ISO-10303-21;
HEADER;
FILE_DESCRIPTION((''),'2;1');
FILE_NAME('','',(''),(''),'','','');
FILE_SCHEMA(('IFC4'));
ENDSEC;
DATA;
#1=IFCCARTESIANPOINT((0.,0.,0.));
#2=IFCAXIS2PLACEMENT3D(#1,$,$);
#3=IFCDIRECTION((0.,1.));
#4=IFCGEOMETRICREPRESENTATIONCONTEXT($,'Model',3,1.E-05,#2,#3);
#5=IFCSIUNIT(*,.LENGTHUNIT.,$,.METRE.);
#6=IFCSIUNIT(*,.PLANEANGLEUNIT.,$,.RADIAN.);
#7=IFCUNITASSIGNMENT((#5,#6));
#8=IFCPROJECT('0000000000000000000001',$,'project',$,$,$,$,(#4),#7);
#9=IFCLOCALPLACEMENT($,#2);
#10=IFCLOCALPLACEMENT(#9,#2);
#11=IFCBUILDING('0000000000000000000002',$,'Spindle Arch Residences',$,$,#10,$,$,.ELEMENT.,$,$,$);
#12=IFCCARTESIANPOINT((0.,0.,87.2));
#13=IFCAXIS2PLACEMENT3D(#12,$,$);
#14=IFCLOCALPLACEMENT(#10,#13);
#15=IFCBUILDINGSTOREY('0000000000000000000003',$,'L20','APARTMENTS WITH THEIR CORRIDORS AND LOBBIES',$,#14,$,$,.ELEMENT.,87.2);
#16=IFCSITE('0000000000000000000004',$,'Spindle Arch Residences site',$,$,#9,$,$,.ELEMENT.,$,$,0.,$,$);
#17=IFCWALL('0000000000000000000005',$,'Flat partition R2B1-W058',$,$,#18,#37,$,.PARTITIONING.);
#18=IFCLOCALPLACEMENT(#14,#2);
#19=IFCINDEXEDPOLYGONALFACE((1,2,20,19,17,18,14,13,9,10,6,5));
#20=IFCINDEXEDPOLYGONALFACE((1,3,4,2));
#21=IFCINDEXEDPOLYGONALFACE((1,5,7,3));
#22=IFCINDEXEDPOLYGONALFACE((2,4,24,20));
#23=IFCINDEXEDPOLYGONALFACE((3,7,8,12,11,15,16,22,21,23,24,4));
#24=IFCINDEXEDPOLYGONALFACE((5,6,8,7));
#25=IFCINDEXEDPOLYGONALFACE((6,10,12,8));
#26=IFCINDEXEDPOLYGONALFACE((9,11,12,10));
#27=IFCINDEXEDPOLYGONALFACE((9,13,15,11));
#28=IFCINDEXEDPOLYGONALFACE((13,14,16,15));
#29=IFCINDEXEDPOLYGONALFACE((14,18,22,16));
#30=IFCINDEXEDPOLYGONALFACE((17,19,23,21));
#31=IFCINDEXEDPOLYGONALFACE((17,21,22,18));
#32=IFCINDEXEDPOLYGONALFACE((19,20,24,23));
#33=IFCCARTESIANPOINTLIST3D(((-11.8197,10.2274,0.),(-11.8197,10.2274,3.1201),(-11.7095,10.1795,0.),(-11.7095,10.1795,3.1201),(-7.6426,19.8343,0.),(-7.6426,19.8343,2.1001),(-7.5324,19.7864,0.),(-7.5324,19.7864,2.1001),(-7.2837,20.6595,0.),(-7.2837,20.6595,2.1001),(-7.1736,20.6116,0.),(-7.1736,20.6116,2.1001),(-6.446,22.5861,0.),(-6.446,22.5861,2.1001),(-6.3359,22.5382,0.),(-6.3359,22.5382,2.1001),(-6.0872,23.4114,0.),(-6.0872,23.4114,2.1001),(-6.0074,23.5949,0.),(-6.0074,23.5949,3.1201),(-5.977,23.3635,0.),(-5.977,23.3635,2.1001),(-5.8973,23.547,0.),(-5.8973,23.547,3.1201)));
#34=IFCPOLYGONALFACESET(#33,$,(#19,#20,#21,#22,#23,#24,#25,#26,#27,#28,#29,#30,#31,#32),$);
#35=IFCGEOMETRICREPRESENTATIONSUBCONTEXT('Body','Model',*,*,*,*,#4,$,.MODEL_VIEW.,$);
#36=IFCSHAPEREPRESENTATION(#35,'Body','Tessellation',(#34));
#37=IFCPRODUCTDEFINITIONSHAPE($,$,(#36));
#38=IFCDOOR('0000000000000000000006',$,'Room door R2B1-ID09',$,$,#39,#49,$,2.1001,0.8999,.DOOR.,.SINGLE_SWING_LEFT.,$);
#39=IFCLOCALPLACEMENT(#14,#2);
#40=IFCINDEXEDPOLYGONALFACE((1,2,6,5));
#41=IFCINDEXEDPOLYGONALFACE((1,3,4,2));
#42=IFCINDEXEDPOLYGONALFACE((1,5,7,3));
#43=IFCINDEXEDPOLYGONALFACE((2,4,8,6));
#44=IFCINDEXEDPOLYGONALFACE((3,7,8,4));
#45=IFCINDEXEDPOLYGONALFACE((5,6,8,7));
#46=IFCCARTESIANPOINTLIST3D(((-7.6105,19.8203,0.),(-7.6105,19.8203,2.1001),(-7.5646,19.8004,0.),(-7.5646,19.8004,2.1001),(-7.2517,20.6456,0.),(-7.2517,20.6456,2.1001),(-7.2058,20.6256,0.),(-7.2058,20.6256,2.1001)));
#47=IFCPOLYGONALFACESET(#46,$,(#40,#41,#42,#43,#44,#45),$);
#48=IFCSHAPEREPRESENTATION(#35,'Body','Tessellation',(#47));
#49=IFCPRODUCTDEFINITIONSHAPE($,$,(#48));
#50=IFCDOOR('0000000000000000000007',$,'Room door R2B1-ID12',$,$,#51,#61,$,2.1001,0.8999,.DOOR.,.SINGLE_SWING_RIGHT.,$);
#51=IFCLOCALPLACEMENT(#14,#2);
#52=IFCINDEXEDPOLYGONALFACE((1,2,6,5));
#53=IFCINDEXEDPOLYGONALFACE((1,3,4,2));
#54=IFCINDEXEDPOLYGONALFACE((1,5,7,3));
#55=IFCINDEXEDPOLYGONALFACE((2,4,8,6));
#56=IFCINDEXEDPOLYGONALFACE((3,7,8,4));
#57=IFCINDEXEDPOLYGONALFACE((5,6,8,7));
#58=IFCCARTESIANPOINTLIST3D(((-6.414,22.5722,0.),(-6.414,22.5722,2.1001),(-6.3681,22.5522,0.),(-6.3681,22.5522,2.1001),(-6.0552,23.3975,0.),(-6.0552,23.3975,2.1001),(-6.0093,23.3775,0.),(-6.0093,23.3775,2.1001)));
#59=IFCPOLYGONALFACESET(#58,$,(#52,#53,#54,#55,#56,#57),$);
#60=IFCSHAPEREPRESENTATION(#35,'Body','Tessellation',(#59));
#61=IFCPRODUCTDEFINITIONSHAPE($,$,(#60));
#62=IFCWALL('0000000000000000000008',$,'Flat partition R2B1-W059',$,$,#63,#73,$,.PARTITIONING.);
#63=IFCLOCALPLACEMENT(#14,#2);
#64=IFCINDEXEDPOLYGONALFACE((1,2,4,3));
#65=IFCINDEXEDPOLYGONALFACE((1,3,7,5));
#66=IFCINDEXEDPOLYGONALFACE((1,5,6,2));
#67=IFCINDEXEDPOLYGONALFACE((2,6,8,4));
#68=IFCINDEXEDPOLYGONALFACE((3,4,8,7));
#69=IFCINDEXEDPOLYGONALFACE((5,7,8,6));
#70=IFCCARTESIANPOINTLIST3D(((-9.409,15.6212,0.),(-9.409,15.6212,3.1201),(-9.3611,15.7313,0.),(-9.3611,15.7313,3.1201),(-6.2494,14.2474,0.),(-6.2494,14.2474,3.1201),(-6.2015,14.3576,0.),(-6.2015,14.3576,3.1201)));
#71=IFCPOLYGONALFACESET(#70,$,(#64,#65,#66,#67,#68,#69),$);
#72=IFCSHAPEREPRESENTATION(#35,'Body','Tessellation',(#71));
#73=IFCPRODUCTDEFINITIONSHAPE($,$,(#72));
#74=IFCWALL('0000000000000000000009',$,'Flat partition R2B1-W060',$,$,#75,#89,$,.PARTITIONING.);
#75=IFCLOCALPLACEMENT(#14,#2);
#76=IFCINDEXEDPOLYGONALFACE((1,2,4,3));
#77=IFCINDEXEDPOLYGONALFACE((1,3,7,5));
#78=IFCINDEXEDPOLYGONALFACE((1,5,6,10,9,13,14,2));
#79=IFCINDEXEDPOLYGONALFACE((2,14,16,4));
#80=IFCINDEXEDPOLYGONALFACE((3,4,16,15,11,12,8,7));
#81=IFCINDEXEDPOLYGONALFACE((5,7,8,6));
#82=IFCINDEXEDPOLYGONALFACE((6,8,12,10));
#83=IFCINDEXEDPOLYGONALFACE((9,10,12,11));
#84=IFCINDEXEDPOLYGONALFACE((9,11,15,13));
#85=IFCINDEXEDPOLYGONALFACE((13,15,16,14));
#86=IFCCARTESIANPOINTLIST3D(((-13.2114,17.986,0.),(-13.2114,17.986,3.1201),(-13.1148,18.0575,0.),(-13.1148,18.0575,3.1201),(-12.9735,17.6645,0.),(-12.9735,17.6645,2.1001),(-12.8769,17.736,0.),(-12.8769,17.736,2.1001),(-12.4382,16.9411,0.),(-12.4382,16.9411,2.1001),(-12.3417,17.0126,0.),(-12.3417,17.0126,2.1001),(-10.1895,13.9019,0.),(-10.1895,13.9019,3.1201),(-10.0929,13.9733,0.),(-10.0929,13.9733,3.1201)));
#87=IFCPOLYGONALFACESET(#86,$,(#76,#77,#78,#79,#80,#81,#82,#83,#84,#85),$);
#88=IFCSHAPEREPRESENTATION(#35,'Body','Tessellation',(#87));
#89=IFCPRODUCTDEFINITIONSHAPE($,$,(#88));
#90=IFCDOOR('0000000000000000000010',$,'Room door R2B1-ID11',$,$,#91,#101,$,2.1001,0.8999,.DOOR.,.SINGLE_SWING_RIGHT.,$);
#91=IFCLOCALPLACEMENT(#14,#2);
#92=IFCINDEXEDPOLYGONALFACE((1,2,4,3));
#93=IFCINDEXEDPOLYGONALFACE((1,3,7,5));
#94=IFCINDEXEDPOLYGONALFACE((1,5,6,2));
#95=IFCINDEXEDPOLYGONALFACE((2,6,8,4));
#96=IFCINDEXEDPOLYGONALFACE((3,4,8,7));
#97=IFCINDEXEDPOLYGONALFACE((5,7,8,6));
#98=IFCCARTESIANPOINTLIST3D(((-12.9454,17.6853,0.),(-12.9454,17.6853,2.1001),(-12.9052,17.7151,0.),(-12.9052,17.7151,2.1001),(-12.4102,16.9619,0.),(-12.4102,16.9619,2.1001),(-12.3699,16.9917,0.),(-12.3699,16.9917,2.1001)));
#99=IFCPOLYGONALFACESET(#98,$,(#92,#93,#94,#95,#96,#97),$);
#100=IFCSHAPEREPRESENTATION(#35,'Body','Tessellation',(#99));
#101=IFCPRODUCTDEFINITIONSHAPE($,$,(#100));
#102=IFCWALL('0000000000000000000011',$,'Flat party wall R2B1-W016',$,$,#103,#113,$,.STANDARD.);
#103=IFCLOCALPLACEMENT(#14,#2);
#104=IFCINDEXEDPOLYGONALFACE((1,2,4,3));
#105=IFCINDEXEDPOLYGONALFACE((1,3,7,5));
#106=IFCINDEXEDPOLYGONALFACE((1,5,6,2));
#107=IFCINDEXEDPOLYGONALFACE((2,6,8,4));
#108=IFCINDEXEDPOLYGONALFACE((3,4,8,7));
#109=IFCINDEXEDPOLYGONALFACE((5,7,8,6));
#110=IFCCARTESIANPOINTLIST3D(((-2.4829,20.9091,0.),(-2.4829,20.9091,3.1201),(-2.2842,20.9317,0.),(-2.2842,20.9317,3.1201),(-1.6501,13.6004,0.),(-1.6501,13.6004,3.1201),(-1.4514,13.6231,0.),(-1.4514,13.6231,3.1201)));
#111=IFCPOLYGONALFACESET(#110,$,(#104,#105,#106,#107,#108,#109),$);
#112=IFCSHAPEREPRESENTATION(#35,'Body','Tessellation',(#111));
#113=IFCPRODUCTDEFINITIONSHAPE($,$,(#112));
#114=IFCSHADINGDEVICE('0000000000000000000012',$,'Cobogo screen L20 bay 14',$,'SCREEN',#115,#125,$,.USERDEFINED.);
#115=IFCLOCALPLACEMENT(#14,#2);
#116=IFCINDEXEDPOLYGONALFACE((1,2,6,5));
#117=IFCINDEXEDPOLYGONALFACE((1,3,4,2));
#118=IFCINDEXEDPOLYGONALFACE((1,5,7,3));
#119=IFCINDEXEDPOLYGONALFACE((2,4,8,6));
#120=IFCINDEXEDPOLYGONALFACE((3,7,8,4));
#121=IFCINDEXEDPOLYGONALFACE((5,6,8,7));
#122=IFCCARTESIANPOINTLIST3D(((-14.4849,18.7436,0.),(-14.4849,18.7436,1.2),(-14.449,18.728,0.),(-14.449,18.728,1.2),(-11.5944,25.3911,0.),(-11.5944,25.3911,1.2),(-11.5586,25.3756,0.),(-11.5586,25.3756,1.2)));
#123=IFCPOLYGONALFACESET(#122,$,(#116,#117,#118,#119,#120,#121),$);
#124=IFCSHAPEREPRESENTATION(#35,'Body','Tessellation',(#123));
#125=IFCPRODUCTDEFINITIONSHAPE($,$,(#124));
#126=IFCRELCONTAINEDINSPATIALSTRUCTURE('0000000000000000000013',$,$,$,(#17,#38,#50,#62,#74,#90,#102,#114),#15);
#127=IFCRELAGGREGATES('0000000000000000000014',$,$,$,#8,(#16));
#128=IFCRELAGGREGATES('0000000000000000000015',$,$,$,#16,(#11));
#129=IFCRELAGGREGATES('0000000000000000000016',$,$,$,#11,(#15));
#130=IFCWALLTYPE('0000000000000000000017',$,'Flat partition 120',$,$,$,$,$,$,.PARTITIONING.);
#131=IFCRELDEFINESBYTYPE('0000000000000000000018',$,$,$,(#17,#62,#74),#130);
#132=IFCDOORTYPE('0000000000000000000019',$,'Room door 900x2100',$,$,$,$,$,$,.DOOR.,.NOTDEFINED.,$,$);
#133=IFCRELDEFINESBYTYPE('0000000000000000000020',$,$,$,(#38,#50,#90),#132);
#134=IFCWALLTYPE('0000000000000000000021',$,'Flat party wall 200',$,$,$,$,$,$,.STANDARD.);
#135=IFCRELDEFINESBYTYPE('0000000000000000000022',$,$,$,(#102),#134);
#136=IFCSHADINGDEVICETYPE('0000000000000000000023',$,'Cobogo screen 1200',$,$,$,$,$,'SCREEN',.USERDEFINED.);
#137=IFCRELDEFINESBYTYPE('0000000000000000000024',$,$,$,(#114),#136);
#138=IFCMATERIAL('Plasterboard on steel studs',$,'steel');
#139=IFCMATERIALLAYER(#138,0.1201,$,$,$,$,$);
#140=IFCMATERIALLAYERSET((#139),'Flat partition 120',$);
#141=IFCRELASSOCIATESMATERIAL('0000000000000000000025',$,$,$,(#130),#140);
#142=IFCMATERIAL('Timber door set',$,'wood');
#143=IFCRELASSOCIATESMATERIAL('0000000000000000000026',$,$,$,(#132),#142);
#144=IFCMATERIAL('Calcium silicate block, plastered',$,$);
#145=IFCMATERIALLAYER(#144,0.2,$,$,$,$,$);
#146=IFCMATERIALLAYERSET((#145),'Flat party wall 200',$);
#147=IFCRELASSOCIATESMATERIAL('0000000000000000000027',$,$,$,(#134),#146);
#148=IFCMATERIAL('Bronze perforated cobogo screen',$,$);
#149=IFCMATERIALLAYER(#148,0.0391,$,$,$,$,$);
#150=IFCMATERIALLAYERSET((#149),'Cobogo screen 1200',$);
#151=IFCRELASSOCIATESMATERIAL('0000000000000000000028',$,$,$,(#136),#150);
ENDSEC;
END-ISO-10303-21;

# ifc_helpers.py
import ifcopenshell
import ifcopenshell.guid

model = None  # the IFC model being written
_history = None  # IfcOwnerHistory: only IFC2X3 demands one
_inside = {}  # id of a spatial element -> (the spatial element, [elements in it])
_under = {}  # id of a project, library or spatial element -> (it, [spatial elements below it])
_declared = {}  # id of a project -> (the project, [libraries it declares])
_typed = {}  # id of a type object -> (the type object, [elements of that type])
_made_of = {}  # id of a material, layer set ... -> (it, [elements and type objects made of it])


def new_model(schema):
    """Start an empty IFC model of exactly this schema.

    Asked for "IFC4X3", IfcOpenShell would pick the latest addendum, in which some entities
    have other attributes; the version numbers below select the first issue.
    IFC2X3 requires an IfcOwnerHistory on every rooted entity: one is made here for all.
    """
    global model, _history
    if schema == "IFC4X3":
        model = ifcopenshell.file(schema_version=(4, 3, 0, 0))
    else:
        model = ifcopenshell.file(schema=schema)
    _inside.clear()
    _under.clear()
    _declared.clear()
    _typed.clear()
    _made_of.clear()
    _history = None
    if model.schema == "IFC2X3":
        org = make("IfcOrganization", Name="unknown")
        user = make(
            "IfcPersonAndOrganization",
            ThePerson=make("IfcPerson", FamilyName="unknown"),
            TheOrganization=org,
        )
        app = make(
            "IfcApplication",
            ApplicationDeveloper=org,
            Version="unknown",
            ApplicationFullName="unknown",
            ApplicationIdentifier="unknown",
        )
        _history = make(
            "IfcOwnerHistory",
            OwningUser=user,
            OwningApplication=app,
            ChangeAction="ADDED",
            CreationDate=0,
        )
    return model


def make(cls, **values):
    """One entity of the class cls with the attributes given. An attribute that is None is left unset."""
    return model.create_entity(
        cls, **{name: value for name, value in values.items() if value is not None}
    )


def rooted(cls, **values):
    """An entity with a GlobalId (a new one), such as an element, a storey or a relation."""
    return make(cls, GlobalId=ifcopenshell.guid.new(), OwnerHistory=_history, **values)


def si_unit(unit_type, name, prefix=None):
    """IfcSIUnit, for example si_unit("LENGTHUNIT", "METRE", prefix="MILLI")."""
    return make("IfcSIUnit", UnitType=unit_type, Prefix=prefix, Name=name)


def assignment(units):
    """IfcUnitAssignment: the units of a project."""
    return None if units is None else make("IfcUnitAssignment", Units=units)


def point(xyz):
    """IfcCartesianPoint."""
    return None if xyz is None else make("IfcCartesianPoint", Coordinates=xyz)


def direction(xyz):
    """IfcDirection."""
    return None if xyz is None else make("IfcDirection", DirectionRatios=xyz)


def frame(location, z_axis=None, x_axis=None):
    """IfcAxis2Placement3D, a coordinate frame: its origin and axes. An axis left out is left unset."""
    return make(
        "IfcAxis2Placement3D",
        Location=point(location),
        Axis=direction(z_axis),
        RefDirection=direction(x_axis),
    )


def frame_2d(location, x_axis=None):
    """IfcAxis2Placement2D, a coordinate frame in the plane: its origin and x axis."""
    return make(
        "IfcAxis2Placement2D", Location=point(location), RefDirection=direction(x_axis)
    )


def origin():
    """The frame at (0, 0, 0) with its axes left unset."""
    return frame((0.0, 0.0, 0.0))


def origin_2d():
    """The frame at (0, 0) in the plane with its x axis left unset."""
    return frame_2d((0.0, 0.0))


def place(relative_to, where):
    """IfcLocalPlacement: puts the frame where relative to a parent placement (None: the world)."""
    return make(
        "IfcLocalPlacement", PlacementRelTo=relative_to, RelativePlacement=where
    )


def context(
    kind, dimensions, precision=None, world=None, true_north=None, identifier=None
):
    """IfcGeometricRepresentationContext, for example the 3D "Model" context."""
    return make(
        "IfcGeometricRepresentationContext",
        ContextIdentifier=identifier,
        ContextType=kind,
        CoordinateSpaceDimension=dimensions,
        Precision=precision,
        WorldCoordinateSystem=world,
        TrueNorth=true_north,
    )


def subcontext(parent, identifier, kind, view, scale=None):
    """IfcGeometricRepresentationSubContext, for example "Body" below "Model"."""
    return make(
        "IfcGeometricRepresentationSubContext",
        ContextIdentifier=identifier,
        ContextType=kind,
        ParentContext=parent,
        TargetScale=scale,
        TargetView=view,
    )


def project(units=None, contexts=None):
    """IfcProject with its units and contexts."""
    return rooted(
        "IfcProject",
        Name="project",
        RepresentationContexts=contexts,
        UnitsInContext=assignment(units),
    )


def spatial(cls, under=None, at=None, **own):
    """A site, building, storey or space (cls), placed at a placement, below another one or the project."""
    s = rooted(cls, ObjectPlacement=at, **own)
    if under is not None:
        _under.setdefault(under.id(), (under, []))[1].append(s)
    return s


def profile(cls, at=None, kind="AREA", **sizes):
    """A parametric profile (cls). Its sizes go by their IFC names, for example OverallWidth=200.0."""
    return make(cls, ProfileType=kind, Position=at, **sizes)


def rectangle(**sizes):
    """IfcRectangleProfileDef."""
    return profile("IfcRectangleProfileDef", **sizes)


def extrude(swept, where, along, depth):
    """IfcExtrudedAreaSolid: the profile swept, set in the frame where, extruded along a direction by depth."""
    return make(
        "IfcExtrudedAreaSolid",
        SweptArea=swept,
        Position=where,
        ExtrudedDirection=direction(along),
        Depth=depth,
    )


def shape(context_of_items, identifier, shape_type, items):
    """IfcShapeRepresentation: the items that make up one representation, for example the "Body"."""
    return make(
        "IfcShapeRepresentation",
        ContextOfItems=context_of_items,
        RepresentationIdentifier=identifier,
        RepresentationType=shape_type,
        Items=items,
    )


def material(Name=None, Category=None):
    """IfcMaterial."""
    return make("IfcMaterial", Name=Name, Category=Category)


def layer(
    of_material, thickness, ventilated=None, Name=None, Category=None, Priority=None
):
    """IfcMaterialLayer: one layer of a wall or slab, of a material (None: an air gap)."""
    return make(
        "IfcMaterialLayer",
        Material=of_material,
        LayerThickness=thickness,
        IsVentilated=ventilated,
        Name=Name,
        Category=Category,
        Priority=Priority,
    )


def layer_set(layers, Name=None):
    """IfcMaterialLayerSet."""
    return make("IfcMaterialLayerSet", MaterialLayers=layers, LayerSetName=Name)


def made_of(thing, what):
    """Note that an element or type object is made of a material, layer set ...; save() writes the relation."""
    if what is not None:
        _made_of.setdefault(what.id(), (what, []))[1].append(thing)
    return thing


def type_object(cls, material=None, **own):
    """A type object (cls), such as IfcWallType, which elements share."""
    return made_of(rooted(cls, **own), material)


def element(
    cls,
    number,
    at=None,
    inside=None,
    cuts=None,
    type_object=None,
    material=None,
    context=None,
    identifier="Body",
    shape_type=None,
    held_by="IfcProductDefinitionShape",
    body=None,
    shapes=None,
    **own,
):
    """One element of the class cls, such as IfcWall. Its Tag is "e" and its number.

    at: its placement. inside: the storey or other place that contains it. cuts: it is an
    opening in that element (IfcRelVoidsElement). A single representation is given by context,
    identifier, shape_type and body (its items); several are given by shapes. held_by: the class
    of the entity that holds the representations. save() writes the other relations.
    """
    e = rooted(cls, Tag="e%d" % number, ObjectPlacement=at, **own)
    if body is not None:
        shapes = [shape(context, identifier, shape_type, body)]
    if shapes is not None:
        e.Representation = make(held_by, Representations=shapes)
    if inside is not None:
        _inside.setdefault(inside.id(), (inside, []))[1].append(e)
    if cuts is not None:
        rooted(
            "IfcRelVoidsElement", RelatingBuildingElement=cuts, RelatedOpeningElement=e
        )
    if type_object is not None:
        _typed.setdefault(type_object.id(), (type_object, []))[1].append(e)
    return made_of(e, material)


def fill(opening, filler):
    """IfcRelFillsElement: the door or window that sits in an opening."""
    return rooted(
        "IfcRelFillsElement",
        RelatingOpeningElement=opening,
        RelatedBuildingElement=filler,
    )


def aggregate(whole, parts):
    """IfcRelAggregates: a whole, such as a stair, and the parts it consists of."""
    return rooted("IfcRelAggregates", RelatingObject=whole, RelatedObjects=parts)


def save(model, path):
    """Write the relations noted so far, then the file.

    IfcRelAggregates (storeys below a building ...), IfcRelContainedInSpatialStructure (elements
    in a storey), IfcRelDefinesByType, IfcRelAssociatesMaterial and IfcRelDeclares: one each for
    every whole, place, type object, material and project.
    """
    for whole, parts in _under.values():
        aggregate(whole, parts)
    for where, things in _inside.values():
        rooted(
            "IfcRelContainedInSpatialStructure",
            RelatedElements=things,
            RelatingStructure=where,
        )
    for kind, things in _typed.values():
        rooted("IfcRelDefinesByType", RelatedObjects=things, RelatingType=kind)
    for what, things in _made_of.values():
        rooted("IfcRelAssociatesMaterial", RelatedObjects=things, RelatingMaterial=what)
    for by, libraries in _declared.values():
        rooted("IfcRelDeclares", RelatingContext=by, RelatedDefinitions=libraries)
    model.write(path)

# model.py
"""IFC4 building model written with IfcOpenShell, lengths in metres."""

from ifc_helpers import new_model, si_unit, direction, frame, frame_2d, origin, origin_2d, place, context, subcontext, project, spatial, rectangle, extrude, material, layer, layer_set, type_object, element, fill, save


model = new_model("IFC4")

# Units and contexts
model_context = context("Model", 3, precision=1e-05, world=origin(), true_north=direction((0.0, 1.0)))
body_context = subcontext(model_context, "Body", "Model", "MODEL_VIEW")
ifc_project = project(units=[si_unit("LENGTHUNIT", "METRE"), si_unit("PLANEANGLEUNIT", "RADIAN")], contexts=[model_context])

# Site, building, storey
site_placement = place(None, origin())
site = spatial("IfcSite", under=ifc_project, at=site_placement, Name="Spindle Arch Residences site", CompositionType="ELEMENT", RefElevation=0.0)
building_placement = place(site_placement, origin())
building = spatial("IfcBuilding", under=site, at=building_placement, Name="Spindle Arch Residences", CompositionType="ELEMENT")
storey_placement = place(building_placement, frame((0.0, 0.0, 87.2)))
storey = spatial("IfcBuildingStorey", under=building, at=storey_placement, Name="L20", Description="APARTMENTS WITH THEIR CORRIDORS AND LOBBIES", CompositionType="ELEMENT", Elevation=87.2)

# Shared definitions
ifc_material_1 = material(Name="Plasterboard on steel studs", Category="steel")
ifc_layer_1 = layer(ifc_material_1, 0.1201)
ifc_layer_set_1 = layer_set([ifc_layer_1], Name="Flat partition 120")
wall_type_1 = type_object("IfcWallType", Name="Flat partition 120", PredefinedType="PARTITIONING", material=ifc_layer_set_1)

# Shared definitions
ifc_material_2 = material(Name="Timber door set", Category="wood")
door_type_1 = type_object("IfcDoorType", Name="Room door 900x2100", OperationType="NOTDEFINED", PredefinedType="DOOR", material=ifc_material_2)

# Wall, openings, doors
wall_1_placement = place(storey_placement, frame((-5.9524, 23.5708, 0.0), z_axis=(0.0, 0.0, 1.0), x_axis=(-0.398745, -0.917062, 0.0)))
wall_1 = element("IfcWall", 1, at=wall_1_placement, inside=storey, type_object=wall_type_1, Name="Flat partition R2B1-W058", PredefinedType="PARTITIONING", context=body_context, shape_type="SweptSolid", body=[
    extrude(rectangle(XDim=14.5764, YDim=0.1201, at=frame_2d((7.2881, 0.0))), origin(), (0.0, 0.0, 1.0), 3.1201),
])
opening_1_placement = place(wall_1_placement, frame((3.2007, 0.0, 0.0)))
opening_1 = element("IfcOpeningElement", 2, at=opening_1_placement, cuts=wall_1, PredefinedType="OPENING", context=body_context, shape_type="SweptSolid", body=[
    extrude(rectangle(XDim=0.8999, YDim=2.1001, at=frame_2d((0.45, 1.05))), frame((0.0, 0.0701, 0.0), z_axis=(0.0, -1.0, 0.0), x_axis=(1.0, 0.0, 0.0)), (0.0, 0.0, 1.0), 0.1401),
])
opening_2_placement = place(wall_1_placement, frame((0.2, 0.0, 0.0)))
opening_2 = element("IfcOpeningElement", 3, at=opening_2_placement, cuts=wall_1, PredefinedType="OPENING", context=body_context, shape_type="SweptSolid", body=[
    extrude(rectangle(XDim=0.8999, YDim=2.1001, at=frame_2d((0.45, 1.05))), frame((0.0, 0.0701, 0.0), z_axis=(0.0, -1.0, 0.0), x_axis=(1.0, 0.0, 0.0)), (0.0, 0.0, 1.0), 0.1401),
])
door_1_placement = place(opening_1_placement, origin())
door_1 = element("IfcDoor", 4, at=door_1_placement, inside=storey, type_object=door_type_1, Name="Room door R2B1-ID09", OperationType="SINGLE_SWING_LEFT", OverallHeight=2.1001, OverallWidth=0.8999, PredefinedType="DOOR", context=body_context, shape_type="SweptSolid", body=[
    extrude(rectangle(XDim=0.8999, YDim=2.1001, at=frame_2d((0.45, 1.05))), frame((0.0, 0.0249, 0.0), z_axis=(0.0, -1.0, 0.0), x_axis=(1.0, 0.0, 0.0)), (0.0, 0.0, 1.0), 0.05),
])
fill(opening_1, door_1)
door_2_placement = place(opening_2_placement, origin())
door_2 = element("IfcDoor", 5, at=door_2_placement, inside=storey, type_object=door_type_1, Name="Room door R2B1-ID12", OperationType="SINGLE_SWING_RIGHT", OverallHeight=2.1001, OverallWidth=0.8999, PredefinedType="DOOR", context=body_context, shape_type="SweptSolid", body=[
    extrude(rectangle(XDim=0.8999, YDim=2.1001, at=frame_2d((0.45, 1.05))), frame((0.0, 0.0249, 0.0), z_axis=(0.0, -1.0, 0.0), x_axis=(1.0, 0.0, 0.0)), (0.0, 0.0, 1.0), 0.05),
])
fill(opening_2, door_2)

# Wall
wall_2_placement = place(storey_placement, frame((-9.385, 15.6763, 0.0), z_axis=(0.0, 0.0, 1.0), x_axis=(0.917069, -0.398729, 0.0)))
element("IfcWall", 6, at=wall_2_placement, inside=storey, type_object=wall_type_1, Name="Flat partition R2B1-W059", PredefinedType="PARTITIONING", context=body_context, shape_type="SweptSolid", body=[
    extrude(rectangle(XDim=3.4453, YDim=0.1201, at=frame_2d((1.7227, 0.0))), origin(), (0.0, 0.0, 1.0), 3.1201),
])

# Wall, opening, door
wall_3_placement = place(storey_placement, frame((-13.1631, 18.0217, 0.0), z_axis=(0.0, 0.0, 1.0), x_axis=(0.594798, -0.803875, 0.0)))
wall_3 = element("IfcWall", 7, at=wall_3_placement, inside=storey, type_object=wall_type_1, Name="Flat partition R2B1-W060", PredefinedType="PARTITIONING", context=body_context, shape_type="SweptSolid", body=[
    extrude(rectangle(XDim=5.0806, YDim=0.1201, at=frame_2d((2.5403, 0.0))), origin(), (0.0, 0.0, 1.0), 3.1201),
])
opening_3_placement = place(wall_3_placement, frame((0.3999, 0.0, 0.0)))
opening_3 = element("IfcOpeningElement", 8, at=opening_3_placement, cuts=wall_3, PredefinedType="OPENING", context=body_context, shape_type="SweptSolid", body=[
    extrude(rectangle(XDim=0.8999, YDim=2.1001, at=frame_2d((0.45, 1.05))), frame((0.0, 0.0701, 0.0), z_axis=(0.0, -1.0, 0.0), x_axis=(1.0, 0.0, 0.0)), (0.0, 0.0, 1.0), 0.1401),
])
door_3_placement = place(opening_3_placement, origin())
door_3 = element("IfcDoor", 9, at=door_3_placement, inside=storey, type_object=door_type_1, Name="Room door R2B1-ID11", OperationType="SINGLE_SWING_RIGHT", OverallHeight=2.1001, OverallWidth=0.8999, PredefinedType="DOOR", context=body_context, shape_type="SweptSolid", body=[
    extrude(rectangle(XDim=0.8999, YDim=2.1001, at=frame_2d((0.45, 1.05))), frame((0.0, 0.0249, 0.0), z_axis=(0.0, -1.0, 0.0), x_axis=(1.0, 0.0, 0.0)), (0.0, 0.0, 1.0), 0.05),
])
fill(opening_3, door_3)

# Wall
ifc_material_3 = material(Name="Calcium silicate block, plastered")
ifc_layer_2 = layer(ifc_material_3, 0.2)
ifc_layer_set_2 = layer_set([ifc_layer_2], Name="Flat party wall 200")
wall_type_2 = type_object("IfcWallType", Name="Flat party wall 200", PredefinedType="STANDARD", material=ifc_layer_set_2)
wall_4_placement = place(storey_placement, frame((-2.3835, 20.9204, 0.0), z_axis=(0.0, 0.0, 1.0), x_axis=(0.113211, -0.993571, 0.0)))
element("IfcWall", 10, at=wall_4_placement, inside=storey, type_object=wall_type_2, Name="Flat party wall R2B1-W016", PredefinedType="STANDARD", context=body_context, shape_type="SweptSolid", body=[
    extrude(rectangle(XDim=7.356, YDim=0.2, at=frame_2d((3.678, 0.0))), origin(), (0.0, 0.0, 1.0), 3.1201),
])

# Shading device
ifc_material_4 = material(Name="Bronze perforated cobogo screen")
ifc_layer_3 = layer(ifc_material_4, 0.0391)
ifc_layer_set_3 = layer_set([ifc_layer_3], Name="Cobogo screen 1200")
shading_device_type = type_object("IfcShadingDeviceType", Name="Cobogo screen 1200", ElementType="SCREEN", PredefinedType="USERDEFINED", material=ifc_layer_set_3)
shading_device_placement = place(storey_placement, frame((-13.0217, 22.0596, 0.0), z_axis=(0.0, 0.0, 1.0), x_axis=(-0.398749, -0.91706, 0.0)))
element("IfcShadingDevice", 11, at=shading_device_placement, inside=storey, type_object=shading_device_type, Name="Cobogo screen L20 bay 14", ObjectType="SCREEN", PredefinedType="USERDEFINED", context=body_context, shape_type="SweptSolid", body=[
    extrude(rectangle(XDim=7.2488, YDim=0.0391, at=origin_2d()), origin(), (0.0, 0.0, 1.0), 1.2),
])

save(model, "model.ifc")
